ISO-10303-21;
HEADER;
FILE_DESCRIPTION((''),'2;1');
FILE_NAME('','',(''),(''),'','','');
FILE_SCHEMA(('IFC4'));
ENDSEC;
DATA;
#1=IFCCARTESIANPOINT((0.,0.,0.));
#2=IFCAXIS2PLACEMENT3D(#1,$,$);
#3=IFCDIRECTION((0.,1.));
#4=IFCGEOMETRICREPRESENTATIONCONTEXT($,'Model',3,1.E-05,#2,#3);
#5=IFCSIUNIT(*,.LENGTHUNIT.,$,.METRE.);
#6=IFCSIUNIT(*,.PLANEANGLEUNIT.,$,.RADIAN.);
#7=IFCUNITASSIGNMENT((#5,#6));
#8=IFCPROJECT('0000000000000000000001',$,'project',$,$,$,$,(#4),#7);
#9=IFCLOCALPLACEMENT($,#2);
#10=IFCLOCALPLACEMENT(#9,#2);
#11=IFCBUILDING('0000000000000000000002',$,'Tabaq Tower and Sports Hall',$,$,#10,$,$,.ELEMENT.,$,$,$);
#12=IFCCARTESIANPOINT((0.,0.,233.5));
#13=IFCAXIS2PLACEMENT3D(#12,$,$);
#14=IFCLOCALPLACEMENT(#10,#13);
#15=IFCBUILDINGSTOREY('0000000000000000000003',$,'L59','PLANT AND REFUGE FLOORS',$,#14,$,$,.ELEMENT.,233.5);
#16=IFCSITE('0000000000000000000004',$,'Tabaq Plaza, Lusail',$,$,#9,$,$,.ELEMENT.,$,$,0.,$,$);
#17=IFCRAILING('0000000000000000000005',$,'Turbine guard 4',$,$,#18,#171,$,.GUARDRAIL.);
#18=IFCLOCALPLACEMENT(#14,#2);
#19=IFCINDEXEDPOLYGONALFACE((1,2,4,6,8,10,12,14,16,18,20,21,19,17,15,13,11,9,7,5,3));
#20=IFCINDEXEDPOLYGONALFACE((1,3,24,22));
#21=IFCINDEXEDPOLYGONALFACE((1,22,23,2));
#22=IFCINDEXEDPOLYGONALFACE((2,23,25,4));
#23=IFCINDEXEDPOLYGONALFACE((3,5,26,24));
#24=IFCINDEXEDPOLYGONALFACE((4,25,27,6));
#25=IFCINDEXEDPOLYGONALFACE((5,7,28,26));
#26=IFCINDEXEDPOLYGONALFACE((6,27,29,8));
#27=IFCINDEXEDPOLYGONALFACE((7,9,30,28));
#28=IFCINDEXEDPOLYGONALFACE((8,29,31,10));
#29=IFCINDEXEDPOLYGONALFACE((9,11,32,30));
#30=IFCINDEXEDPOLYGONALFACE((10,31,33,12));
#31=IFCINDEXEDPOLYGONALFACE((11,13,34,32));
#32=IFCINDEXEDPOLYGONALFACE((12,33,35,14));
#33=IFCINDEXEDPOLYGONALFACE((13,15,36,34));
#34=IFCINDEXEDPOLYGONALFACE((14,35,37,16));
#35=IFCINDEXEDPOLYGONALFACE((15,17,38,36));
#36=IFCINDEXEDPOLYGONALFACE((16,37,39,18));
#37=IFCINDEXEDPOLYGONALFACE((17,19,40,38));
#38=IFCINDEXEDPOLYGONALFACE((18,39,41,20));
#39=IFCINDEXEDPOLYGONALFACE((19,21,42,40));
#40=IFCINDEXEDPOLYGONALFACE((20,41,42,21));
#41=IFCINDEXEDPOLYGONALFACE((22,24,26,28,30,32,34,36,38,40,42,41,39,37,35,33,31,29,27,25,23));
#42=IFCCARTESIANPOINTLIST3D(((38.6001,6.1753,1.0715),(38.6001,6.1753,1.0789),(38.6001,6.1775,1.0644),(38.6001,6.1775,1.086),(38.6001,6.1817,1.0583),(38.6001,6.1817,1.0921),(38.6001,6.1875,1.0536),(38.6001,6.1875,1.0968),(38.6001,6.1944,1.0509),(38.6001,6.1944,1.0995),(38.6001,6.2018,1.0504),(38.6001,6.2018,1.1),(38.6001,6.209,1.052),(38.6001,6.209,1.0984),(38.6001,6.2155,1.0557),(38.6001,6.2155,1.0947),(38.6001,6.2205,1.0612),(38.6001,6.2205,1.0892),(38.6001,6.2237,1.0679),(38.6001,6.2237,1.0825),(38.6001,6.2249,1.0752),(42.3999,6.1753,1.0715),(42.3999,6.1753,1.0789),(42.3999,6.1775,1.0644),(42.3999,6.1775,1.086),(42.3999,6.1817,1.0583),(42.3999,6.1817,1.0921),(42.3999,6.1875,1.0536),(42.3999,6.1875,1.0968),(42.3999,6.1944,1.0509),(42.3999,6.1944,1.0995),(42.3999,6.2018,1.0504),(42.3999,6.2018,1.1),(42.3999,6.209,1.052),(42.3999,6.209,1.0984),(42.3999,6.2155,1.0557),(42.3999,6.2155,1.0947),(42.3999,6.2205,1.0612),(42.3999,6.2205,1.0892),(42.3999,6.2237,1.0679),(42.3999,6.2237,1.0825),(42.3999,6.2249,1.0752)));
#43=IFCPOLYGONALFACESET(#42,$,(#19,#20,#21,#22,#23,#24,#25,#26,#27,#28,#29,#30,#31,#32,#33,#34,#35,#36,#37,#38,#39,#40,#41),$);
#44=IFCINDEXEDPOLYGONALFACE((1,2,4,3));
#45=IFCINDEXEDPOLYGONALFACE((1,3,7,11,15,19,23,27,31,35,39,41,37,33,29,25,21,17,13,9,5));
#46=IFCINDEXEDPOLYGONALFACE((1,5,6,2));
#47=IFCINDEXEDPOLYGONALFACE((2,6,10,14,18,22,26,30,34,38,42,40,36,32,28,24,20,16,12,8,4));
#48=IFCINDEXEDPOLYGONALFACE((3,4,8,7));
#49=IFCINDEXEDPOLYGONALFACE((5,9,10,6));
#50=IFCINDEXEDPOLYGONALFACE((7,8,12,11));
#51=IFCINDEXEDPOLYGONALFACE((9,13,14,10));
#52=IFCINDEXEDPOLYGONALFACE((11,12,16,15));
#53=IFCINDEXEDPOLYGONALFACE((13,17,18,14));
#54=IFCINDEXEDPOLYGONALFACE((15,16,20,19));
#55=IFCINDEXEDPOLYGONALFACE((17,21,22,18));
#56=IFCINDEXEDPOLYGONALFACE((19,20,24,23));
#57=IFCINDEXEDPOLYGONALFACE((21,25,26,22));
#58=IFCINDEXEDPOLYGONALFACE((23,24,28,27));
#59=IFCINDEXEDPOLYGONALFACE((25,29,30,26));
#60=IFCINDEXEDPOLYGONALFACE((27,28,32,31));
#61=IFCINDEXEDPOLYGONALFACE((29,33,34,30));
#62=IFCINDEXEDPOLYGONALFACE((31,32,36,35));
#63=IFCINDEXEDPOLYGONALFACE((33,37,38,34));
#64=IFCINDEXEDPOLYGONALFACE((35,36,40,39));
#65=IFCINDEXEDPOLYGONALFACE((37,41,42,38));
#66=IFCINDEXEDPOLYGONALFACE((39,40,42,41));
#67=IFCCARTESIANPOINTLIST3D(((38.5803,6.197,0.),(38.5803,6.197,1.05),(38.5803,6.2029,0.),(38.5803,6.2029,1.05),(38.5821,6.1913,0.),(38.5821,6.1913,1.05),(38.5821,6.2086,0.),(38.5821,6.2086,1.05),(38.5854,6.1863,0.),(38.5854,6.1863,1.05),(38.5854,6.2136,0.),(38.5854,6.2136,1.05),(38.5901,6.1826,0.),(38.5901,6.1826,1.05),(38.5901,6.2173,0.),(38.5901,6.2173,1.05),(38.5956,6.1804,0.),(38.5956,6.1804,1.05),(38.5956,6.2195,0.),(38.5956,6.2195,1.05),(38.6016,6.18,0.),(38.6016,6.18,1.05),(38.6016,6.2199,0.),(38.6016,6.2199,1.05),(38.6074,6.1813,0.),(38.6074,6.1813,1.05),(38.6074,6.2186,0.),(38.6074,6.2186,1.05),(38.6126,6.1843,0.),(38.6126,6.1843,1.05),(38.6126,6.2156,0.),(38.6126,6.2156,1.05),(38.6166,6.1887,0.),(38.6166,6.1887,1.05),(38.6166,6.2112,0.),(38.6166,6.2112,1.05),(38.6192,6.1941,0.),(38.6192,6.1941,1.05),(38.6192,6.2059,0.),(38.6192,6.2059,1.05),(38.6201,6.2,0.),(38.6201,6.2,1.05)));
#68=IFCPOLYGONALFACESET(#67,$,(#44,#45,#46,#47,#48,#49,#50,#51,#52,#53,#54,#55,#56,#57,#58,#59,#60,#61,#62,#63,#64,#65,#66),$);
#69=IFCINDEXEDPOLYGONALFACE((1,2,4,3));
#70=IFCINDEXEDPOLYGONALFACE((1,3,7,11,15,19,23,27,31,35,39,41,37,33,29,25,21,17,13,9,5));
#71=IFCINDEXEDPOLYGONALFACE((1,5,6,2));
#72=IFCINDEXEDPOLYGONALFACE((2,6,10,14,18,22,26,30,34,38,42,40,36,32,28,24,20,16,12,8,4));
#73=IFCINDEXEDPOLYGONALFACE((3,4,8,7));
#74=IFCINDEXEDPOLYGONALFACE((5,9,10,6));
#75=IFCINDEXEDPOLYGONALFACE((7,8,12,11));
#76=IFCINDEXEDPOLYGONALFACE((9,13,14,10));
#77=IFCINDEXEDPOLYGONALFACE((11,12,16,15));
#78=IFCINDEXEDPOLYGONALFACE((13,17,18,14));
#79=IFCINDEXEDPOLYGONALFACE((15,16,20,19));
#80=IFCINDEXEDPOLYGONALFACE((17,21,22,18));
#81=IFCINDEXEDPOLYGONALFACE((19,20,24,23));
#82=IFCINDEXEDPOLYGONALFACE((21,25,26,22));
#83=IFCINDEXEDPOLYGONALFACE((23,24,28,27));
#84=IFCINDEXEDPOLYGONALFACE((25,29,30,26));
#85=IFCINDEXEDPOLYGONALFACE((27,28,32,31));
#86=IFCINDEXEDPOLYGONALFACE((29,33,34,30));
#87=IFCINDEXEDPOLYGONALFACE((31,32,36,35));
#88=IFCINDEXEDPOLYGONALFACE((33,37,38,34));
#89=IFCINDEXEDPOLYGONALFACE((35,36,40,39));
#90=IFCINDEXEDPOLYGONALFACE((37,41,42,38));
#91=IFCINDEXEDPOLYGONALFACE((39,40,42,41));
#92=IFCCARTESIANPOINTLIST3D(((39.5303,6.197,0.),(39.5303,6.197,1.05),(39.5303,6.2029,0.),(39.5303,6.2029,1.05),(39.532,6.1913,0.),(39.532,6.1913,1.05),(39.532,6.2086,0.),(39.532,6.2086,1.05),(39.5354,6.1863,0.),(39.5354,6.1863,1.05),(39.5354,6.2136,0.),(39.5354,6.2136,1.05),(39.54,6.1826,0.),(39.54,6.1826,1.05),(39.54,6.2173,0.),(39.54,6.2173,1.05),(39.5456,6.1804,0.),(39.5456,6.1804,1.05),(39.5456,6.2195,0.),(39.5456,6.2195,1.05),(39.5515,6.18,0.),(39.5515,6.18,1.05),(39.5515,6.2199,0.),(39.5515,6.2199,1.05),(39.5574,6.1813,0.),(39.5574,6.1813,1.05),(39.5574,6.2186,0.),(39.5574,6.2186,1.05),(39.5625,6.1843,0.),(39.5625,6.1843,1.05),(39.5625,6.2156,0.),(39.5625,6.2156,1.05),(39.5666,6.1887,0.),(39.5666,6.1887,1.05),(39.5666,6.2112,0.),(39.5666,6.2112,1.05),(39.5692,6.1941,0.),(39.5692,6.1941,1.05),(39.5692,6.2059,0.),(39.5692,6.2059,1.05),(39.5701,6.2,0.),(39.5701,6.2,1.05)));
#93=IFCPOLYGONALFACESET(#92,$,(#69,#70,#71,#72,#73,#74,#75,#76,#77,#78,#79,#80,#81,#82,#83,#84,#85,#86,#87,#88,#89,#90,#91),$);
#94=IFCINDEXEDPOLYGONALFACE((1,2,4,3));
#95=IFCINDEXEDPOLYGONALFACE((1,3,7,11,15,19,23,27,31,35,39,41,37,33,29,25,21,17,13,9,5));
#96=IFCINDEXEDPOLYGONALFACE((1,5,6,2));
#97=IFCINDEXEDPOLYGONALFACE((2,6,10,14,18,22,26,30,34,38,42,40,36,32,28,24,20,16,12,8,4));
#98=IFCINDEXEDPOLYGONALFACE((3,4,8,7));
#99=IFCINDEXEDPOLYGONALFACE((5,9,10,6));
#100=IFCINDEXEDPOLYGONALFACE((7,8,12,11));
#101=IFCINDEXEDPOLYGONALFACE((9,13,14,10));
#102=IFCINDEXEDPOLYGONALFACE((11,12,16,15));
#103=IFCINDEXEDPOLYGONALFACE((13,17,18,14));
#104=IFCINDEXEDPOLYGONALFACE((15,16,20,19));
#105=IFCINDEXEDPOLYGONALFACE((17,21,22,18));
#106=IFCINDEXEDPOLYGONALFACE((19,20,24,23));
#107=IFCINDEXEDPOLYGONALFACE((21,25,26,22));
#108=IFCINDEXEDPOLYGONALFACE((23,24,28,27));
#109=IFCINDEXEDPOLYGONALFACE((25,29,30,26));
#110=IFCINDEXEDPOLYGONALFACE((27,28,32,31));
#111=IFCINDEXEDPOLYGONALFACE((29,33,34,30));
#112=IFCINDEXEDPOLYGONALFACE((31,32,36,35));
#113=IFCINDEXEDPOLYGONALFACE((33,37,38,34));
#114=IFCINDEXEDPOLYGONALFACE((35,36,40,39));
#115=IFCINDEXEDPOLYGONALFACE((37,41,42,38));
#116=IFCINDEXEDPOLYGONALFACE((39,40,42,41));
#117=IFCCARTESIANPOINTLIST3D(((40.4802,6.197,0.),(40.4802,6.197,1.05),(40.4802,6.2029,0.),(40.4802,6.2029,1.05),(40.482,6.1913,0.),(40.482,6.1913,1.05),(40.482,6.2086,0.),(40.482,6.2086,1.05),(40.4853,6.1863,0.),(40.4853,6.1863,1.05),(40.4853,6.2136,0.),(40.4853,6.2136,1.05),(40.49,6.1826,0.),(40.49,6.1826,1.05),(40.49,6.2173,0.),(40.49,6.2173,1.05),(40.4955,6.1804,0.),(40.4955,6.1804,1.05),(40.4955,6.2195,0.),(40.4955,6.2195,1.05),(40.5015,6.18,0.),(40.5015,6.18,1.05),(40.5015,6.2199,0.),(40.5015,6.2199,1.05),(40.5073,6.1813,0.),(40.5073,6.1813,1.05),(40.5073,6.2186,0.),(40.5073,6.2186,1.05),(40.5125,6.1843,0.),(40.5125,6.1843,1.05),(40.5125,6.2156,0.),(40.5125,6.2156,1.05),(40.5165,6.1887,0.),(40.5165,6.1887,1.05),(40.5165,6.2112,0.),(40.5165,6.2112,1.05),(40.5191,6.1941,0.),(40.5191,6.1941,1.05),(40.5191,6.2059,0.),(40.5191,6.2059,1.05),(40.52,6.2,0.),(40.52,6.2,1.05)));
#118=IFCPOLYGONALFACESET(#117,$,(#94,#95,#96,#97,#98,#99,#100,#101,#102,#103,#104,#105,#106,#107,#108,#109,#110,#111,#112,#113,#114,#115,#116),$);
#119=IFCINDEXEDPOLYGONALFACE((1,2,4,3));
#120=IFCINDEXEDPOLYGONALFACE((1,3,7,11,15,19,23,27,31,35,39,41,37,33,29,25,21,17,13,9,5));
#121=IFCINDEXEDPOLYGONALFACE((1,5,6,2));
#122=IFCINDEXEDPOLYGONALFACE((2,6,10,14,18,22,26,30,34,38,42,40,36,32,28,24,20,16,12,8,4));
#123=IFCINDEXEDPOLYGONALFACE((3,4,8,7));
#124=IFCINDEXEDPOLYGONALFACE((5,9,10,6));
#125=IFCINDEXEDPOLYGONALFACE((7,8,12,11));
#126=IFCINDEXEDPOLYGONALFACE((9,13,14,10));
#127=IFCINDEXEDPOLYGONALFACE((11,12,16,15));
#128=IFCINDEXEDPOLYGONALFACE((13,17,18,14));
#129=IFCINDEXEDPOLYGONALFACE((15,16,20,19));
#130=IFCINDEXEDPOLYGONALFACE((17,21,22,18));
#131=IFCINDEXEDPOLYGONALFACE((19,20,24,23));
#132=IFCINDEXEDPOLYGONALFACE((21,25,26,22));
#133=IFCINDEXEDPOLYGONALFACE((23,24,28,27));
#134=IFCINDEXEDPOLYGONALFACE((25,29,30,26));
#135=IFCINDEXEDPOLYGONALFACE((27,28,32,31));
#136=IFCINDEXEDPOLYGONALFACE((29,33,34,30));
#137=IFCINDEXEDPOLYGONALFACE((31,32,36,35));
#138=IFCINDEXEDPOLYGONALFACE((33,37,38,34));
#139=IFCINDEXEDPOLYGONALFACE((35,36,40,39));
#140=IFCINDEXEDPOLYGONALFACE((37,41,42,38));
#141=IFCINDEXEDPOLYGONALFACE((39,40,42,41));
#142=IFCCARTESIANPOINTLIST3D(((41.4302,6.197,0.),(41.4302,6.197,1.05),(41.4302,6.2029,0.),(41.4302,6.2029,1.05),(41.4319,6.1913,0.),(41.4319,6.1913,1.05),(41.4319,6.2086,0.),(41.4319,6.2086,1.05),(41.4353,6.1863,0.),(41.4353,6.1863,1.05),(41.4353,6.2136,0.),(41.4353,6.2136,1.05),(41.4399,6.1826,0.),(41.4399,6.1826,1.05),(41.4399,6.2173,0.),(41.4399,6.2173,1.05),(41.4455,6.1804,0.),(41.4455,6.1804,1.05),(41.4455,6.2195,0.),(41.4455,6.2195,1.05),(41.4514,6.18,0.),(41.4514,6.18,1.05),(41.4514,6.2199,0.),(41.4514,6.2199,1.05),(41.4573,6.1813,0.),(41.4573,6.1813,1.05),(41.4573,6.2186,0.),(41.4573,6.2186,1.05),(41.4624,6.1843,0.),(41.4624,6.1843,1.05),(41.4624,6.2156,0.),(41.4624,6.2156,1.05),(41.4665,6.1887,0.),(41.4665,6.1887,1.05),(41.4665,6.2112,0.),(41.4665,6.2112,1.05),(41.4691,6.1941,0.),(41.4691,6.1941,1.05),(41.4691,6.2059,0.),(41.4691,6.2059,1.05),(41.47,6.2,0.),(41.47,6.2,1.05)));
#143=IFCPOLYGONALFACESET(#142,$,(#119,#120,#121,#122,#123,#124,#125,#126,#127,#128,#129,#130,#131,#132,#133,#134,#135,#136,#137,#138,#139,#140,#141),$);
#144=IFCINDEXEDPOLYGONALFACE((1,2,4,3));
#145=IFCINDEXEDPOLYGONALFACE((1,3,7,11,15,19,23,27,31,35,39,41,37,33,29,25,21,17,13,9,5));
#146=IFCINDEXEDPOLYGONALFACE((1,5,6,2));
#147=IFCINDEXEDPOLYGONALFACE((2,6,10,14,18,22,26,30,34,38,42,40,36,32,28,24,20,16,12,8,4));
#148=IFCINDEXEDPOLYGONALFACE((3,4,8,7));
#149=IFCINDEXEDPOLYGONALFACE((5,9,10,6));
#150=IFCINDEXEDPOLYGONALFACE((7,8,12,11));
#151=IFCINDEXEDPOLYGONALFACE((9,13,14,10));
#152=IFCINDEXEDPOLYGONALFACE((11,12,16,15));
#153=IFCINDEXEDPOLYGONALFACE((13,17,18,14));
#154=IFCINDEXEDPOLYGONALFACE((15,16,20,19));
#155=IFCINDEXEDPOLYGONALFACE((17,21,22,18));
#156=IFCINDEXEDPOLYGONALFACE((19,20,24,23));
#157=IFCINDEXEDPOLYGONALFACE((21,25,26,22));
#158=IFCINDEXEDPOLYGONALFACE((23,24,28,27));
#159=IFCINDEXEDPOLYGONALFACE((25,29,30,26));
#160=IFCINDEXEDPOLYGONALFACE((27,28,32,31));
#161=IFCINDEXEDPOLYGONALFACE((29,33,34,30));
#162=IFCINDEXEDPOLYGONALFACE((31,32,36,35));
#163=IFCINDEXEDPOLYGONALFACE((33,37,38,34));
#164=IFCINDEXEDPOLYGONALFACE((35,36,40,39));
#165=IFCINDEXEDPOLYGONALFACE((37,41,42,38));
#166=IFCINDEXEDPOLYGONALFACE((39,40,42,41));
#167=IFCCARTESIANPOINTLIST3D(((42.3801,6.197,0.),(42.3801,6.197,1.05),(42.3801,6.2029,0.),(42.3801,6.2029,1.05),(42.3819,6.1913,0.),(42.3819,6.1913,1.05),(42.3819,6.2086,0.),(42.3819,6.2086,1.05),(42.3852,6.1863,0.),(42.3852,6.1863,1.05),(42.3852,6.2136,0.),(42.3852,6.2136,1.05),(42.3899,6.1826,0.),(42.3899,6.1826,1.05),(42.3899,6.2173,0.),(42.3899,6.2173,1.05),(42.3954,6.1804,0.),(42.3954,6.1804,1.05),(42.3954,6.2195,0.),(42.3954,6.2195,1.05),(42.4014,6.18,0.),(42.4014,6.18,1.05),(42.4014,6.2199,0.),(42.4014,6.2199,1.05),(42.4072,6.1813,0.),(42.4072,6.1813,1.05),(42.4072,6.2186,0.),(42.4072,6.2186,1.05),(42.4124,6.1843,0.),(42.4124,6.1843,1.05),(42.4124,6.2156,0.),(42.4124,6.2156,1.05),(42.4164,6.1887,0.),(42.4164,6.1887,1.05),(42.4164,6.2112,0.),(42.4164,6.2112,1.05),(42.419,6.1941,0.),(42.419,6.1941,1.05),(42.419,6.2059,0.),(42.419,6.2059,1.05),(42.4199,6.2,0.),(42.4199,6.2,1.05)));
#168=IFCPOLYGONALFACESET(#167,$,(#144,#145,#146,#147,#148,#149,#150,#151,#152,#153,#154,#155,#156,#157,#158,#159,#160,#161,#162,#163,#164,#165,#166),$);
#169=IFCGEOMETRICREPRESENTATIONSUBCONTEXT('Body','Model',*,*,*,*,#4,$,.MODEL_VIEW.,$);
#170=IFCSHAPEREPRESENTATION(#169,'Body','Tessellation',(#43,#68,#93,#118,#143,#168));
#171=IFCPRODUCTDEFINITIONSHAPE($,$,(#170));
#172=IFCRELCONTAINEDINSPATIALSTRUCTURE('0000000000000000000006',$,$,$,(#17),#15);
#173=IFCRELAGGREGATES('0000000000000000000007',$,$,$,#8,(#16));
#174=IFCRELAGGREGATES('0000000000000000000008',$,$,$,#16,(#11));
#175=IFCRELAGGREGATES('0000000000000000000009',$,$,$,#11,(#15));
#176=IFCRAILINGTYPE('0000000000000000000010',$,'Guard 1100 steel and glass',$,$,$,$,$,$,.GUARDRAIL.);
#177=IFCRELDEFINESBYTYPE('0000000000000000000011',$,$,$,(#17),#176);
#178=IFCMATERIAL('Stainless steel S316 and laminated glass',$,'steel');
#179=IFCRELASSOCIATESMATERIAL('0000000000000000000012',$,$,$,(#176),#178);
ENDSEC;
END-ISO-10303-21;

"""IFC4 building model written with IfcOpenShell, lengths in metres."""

from ifc_helpers import new_model, si_unit, direction, frame, origin, origin_2d, place, context, subcontext, project, spatial, circle, extrude, material, type_object, element, save


model = new_model("IFC4")

# Units and contexts
model_context = context("Model", 3, precision=1e-05, world=origin(), true_north=direction((0.0, 1.0)))
body_context = subcontext(model_context, "Body", "Model", "MODEL_VIEW")
ifc_project = project(units=[si_unit("LENGTHUNIT", "METRE"), si_unit("PLANEANGLEUNIT", "RADIAN")], contexts=[model_context])

# Site, building, storey
site_placement = place(None, origin())
site = spatial("IfcSite", under=ifc_project, at=site_placement, Name="Tabaq Plaza, Lusail", CompositionType="ELEMENT", RefElevation=0.0)
building_placement = place(site_placement, origin())
building = spatial("IfcBuilding", under=site, at=building_placement, Name="Tabaq Tower and Sports Hall", CompositionType="ELEMENT")
storey_placement = place(building_placement, frame((0.0, 0.0, 233.5)))
storey = spatial("IfcBuildingStorey", under=building, at=storey_placement, Name="L59", Description="PLANT AND REFUGE FLOORS", CompositionType="ELEMENT", Elevation=233.5)

# Railing
ifc_material_1 = material(Name="Stainless steel S316 and laminated glass", Category="steel")
railing_type = type_object("IfcRailingType", Name="Guard 1100 steel and glass", PredefinedType="GUARDRAIL", material=ifc_material_1)
railing_1_placement = place(storey_placement, frame((38.6001, 6.2, 0.0)))
element("IfcRailing", 1, at=railing_1_placement, inside=storey, type_object=railing_type, Name="Turbine guard 4", PredefinedType="GUARDRAIL", context=body_context, shape_type="SweptSolid", body=[
    extrude(circle(Radius=0.0249, at=origin_2d()), frame((0.0, 0.0, 1.0752), z_axis=(1.0, 0.0, 0.0), x_axis=(0.0, 1.0, 0.0)), (0.0, 0.0, 1.0), 3.7998),
    extrude(circle(Radius=0.02, at=origin_2d()), origin(), (0.0, 0.0, 1.0), 1.05),
    extrude(circle(Radius=0.02, at=origin_2d()), frame((0.95, 0.0, 0.0)), (0.0, 0.0, 1.0), 1.05),
    extrude(circle(Radius=0.02, at=origin_2d()), frame((1.8999, 0.0, 0.0)), (0.0, 0.0, 1.0), 1.05),
    extrude(circle(Radius=0.02, at=origin_2d()), frame((2.8499, 0.0, 0.0)), (0.0, 0.0, 1.0), 1.05),
    extrude(circle(Radius=0.02, at=origin_2d()), frame((3.7998, 0.0, 0.0)), (0.0, 0.0, 1.0), 1.05),
])

save(model, "model.ifc")
